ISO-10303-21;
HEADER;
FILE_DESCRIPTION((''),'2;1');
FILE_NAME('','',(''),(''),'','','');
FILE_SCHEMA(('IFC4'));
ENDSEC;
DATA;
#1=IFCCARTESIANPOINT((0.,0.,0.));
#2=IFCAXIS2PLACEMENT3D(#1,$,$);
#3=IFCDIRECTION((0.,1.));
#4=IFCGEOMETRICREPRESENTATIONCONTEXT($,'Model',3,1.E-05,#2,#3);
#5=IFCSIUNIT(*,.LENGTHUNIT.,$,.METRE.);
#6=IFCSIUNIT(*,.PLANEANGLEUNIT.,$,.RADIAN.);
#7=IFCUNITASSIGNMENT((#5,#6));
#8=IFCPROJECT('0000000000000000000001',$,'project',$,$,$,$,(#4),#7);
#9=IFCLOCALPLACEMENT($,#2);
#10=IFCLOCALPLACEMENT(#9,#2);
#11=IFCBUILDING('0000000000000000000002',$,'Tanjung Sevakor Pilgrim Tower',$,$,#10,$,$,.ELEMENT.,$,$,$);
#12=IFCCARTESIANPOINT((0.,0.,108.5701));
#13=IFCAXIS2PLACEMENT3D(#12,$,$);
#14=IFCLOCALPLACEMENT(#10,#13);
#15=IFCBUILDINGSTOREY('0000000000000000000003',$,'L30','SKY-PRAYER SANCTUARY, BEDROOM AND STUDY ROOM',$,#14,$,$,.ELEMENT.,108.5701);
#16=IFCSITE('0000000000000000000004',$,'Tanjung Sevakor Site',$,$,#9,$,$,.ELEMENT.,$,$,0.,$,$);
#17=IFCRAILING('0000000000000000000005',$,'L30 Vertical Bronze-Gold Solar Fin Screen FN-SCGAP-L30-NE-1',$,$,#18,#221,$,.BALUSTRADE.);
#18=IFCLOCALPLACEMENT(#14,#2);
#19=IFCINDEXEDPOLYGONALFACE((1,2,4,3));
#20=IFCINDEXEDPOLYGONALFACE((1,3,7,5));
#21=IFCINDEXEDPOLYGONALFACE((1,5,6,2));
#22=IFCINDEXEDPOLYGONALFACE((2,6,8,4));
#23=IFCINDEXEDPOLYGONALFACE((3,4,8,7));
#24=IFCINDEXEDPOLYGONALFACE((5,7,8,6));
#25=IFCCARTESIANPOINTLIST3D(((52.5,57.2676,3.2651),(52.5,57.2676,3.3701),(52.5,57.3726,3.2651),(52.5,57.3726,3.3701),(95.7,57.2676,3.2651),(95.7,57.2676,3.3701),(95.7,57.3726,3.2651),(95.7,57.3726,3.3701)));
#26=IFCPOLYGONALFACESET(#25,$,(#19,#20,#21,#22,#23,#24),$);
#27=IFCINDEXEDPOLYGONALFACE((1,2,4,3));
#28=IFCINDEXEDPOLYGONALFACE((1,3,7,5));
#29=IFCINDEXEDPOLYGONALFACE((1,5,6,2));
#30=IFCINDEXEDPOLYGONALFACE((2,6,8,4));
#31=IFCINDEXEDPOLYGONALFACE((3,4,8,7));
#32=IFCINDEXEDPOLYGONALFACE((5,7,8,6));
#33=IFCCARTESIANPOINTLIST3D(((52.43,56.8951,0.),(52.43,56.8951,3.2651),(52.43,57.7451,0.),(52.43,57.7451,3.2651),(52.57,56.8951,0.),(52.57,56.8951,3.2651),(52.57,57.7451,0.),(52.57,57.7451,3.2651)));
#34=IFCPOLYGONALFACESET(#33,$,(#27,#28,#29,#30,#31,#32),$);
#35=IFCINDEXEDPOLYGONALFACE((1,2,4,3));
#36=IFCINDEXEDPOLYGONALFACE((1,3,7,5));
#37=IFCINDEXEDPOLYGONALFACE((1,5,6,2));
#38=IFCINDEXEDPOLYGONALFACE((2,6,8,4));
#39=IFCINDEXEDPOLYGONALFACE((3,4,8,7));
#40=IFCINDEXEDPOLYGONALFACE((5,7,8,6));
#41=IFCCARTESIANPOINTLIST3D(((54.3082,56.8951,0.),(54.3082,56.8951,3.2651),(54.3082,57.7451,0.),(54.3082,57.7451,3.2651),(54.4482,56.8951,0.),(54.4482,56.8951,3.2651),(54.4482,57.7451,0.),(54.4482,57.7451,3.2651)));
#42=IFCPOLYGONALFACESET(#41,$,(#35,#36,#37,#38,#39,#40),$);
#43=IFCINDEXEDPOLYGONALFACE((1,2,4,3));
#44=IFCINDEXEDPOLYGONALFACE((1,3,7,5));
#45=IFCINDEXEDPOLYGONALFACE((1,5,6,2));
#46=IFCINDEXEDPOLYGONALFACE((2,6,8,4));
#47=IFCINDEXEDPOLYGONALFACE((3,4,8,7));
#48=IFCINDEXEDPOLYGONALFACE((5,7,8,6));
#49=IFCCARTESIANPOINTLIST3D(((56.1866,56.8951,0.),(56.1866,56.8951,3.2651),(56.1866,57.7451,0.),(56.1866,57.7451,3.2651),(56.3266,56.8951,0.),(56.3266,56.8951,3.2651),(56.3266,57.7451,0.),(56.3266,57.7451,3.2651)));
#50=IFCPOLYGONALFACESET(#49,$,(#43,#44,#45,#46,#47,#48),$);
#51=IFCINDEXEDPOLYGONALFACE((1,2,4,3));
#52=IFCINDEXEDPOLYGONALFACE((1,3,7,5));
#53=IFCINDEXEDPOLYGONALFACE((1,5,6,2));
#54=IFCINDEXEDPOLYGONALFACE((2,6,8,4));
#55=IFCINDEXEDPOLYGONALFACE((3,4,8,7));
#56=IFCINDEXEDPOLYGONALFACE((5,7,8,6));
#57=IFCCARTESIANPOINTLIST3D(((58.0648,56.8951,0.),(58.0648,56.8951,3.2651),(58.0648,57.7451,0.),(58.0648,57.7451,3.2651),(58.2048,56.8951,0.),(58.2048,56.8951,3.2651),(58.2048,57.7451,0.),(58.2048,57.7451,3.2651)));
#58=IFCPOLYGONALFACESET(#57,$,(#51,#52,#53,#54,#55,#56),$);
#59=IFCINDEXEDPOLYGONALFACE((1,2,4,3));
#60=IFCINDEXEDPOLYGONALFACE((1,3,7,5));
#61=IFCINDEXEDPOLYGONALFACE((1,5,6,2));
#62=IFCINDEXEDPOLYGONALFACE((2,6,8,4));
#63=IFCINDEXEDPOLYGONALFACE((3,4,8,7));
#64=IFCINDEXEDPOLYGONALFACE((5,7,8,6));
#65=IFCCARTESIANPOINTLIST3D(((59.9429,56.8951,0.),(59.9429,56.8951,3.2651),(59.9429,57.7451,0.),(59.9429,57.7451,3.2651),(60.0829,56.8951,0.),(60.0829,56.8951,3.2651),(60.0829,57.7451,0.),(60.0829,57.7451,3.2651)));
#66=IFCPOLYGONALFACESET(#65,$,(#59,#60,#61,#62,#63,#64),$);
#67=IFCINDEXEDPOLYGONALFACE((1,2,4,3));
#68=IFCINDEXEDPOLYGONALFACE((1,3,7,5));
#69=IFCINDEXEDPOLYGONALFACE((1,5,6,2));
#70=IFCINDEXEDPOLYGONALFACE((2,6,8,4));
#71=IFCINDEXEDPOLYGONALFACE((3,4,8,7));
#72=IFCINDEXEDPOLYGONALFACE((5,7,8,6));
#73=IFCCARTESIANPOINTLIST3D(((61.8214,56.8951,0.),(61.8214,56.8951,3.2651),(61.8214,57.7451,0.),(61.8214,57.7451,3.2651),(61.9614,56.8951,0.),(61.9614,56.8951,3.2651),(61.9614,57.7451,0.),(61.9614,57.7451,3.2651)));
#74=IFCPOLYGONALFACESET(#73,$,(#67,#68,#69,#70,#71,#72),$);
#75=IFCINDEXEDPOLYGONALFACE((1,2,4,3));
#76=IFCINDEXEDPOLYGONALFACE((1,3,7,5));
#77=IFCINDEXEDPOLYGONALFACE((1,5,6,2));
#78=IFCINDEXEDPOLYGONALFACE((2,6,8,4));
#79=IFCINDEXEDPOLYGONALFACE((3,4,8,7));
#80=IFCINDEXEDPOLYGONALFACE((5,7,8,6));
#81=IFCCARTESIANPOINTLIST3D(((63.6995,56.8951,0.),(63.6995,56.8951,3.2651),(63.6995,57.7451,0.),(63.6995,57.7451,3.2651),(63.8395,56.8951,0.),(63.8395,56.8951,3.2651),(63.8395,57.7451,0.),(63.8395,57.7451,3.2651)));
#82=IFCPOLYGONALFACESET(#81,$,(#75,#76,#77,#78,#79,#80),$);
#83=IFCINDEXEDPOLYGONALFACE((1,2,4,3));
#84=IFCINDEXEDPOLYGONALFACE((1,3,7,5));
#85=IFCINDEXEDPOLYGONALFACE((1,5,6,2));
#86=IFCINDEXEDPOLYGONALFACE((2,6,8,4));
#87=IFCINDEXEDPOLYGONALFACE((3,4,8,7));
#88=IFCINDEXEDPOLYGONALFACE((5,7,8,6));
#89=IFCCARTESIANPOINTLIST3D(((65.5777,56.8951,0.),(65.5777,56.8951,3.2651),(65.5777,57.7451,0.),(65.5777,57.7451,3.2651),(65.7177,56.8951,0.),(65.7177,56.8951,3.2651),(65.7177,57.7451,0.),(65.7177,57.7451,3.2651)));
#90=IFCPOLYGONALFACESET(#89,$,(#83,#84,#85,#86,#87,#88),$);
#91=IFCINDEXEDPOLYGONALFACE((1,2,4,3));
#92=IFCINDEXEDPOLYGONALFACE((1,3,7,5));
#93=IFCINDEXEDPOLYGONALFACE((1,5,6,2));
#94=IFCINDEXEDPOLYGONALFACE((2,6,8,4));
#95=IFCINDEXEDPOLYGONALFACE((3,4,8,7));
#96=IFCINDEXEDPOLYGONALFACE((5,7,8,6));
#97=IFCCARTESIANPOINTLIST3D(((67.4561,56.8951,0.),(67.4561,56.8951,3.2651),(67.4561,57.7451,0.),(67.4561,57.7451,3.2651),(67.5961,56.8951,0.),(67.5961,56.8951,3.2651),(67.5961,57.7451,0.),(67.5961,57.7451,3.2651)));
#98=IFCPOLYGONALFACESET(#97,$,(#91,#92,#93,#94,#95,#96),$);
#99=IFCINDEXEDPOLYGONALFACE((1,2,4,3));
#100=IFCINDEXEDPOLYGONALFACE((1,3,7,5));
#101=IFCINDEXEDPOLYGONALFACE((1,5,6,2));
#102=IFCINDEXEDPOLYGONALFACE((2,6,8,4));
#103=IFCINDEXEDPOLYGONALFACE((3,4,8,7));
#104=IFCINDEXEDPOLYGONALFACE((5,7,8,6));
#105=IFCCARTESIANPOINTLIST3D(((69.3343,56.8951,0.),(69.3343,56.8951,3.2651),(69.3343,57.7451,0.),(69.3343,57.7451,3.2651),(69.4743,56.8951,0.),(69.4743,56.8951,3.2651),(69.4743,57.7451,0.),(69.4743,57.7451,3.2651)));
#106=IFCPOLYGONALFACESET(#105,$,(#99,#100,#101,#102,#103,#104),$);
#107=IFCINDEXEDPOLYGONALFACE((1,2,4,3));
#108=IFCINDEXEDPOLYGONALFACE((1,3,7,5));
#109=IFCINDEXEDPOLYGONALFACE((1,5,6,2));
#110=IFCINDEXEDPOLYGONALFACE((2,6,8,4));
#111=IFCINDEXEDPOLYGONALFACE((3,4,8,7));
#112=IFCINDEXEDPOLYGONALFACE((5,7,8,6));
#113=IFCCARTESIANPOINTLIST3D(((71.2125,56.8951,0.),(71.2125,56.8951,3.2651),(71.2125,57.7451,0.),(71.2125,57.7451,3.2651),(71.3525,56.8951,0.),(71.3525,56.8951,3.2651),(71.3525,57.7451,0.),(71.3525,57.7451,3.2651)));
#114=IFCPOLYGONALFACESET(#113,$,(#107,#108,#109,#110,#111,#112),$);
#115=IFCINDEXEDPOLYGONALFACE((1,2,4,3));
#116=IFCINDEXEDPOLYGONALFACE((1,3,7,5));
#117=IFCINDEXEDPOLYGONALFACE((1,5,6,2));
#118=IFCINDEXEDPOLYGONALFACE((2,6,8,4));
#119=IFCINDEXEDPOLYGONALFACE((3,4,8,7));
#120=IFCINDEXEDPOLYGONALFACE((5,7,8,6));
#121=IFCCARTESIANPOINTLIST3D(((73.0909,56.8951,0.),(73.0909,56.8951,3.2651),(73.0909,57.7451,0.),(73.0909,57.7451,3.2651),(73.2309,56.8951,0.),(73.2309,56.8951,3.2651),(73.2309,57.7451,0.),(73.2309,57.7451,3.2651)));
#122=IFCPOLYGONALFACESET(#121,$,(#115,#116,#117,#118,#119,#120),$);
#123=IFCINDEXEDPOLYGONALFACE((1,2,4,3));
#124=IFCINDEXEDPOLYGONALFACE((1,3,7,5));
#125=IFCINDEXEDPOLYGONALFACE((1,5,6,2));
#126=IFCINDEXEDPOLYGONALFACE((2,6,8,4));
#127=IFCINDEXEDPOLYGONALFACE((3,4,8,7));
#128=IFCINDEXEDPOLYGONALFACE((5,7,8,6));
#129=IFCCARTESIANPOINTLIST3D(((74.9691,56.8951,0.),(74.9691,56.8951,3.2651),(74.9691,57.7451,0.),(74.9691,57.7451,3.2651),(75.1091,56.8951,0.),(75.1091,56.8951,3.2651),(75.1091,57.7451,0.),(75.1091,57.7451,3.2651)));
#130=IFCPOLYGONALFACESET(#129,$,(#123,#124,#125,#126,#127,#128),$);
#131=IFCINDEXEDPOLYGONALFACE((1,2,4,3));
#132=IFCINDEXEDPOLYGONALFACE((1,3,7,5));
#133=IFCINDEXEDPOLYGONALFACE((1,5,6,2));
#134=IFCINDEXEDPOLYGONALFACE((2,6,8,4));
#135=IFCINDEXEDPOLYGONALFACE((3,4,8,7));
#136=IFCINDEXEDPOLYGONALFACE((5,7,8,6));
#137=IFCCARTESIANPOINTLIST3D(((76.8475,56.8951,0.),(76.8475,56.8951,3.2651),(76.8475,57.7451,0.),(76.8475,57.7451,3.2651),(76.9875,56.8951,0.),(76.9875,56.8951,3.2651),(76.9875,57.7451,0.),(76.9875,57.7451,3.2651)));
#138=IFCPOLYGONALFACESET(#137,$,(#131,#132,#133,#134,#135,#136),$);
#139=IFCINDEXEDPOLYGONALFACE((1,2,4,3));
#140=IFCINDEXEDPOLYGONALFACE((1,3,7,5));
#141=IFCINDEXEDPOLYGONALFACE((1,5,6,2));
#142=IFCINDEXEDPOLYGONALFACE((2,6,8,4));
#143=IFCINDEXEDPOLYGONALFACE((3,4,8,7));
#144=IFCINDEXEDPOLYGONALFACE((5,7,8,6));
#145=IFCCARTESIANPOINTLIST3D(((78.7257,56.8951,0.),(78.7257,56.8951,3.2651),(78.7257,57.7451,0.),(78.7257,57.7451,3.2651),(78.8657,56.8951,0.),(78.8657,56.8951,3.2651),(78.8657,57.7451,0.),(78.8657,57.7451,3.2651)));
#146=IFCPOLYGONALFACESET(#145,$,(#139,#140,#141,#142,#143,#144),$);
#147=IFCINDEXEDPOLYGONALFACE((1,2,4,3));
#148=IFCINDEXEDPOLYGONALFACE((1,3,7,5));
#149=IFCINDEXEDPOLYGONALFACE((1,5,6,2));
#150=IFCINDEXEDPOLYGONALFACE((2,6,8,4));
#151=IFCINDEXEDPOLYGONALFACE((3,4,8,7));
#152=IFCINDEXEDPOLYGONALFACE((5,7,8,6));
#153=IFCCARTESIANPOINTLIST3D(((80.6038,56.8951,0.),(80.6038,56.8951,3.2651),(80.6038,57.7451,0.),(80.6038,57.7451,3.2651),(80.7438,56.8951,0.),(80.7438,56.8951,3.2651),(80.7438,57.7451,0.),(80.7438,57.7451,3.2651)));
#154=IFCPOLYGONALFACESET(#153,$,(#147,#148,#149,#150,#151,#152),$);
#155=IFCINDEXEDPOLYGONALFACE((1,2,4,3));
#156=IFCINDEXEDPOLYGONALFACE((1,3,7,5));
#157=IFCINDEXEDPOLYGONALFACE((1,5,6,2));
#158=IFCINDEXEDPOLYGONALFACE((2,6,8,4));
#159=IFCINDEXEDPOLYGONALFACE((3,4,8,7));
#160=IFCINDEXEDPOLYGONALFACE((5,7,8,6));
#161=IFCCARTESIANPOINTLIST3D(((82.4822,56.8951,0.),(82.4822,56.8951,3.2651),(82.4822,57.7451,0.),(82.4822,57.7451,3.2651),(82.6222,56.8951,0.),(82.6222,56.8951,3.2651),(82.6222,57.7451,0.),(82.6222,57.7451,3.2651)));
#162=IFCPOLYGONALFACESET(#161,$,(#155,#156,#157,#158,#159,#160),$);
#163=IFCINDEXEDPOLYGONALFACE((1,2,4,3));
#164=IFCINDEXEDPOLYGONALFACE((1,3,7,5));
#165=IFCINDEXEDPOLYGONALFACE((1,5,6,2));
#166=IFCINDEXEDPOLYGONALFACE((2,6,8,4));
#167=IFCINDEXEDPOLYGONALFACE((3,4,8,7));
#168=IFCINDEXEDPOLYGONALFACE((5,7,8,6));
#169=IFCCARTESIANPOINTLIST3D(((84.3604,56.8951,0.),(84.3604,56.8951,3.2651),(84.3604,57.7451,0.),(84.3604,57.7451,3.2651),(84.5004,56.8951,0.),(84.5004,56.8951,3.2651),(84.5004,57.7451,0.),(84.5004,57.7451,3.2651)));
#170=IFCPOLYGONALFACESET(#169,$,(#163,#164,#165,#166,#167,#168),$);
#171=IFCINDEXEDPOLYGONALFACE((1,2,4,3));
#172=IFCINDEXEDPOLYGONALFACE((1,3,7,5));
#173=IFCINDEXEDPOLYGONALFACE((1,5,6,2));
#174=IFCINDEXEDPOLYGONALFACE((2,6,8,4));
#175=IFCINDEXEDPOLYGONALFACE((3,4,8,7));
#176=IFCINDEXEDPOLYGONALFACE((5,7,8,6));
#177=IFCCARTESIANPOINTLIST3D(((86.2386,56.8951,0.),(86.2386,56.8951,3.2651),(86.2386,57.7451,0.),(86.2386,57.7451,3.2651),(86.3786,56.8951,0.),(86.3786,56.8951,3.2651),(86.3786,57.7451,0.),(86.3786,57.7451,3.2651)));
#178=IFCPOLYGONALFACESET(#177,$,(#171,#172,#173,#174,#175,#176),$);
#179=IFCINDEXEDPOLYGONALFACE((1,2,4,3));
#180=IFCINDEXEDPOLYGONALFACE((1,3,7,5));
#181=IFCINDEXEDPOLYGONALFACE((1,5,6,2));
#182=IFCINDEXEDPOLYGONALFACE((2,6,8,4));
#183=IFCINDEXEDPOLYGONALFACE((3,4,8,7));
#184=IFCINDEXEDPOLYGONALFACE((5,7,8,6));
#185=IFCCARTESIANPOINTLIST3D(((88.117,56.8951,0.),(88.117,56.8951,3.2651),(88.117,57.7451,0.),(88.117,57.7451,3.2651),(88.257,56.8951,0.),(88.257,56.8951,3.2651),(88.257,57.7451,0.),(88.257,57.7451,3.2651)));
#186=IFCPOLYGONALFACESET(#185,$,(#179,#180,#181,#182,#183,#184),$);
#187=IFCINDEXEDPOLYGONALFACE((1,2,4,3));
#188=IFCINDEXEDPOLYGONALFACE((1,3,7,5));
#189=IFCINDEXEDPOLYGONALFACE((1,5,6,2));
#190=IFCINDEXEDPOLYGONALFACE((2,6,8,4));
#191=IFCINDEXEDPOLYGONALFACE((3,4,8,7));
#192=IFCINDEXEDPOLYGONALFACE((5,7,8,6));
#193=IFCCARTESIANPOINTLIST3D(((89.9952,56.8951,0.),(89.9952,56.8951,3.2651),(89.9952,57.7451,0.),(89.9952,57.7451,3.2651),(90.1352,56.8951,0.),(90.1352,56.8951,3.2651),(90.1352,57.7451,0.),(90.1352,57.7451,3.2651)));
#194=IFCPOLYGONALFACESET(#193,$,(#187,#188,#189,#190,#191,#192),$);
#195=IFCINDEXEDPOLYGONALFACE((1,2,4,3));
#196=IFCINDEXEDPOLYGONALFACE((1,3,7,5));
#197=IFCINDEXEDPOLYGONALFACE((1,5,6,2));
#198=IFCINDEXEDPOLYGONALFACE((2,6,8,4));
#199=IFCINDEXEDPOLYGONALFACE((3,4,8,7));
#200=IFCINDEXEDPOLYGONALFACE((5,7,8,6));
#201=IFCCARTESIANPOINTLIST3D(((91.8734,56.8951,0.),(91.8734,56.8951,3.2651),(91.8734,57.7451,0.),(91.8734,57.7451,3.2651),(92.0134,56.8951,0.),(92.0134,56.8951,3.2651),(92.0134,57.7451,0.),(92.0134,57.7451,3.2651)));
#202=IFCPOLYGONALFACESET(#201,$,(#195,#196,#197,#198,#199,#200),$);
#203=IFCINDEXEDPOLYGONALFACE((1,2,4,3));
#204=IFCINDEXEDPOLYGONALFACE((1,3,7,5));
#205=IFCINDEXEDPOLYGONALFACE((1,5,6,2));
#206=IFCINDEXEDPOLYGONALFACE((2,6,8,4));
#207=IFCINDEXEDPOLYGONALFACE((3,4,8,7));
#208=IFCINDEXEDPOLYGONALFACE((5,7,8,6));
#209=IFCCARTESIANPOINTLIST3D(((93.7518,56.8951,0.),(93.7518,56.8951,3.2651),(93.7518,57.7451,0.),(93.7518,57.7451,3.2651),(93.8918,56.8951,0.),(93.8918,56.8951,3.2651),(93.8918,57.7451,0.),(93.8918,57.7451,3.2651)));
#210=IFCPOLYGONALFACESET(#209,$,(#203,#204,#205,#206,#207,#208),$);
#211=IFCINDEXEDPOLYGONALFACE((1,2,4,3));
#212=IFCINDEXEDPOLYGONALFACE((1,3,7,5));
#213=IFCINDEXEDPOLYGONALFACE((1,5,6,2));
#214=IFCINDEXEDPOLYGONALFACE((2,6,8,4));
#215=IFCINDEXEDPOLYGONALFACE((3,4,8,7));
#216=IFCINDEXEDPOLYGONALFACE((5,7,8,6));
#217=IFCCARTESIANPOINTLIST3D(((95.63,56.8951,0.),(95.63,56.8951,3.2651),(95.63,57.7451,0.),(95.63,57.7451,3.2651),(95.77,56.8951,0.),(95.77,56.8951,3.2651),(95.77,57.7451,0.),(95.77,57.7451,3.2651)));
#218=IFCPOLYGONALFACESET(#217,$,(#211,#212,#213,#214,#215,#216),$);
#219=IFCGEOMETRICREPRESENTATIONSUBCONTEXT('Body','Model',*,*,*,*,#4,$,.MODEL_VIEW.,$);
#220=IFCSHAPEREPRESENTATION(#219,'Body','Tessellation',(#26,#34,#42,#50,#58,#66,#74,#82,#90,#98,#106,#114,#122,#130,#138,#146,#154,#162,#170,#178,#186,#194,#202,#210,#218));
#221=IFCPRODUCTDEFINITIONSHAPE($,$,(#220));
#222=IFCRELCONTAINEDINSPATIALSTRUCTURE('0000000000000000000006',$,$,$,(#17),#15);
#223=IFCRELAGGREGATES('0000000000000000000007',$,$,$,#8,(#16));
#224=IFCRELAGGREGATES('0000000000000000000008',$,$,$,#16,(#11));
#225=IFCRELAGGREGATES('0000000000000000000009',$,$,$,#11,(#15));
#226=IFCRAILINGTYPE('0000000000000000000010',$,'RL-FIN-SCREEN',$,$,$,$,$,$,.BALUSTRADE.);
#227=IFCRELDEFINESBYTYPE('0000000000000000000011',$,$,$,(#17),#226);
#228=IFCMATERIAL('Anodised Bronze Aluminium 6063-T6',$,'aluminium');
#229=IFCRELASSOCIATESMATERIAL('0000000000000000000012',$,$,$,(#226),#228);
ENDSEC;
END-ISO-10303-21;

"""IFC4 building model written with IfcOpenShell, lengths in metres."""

from ifc_helpers import new_model, si_unit, direction, frame, origin, place, context, subcontext, project, spatial, rectangle, extrude, material, type_object, element, save


model = new_model("IFC4")

# Units and contexts
model_context = context("Model", 3, precision=1e-05, world=origin(), true_north=direction((0.0, 1.0)))
body_context = subcontext(model_context, "Body", "Model", "MODEL_VIEW")
ifc_project = project(units=[si_unit("LENGTHUNIT", "METRE"), si_unit("PLANEANGLEUNIT", "RADIAN")], contexts=[model_context])

# Site, building, storey
site_placement = place(None, origin())
site = spatial("IfcSite", under=ifc_project, at=site_placement, Name="Tanjung Sevakor Site", CompositionType="ELEMENT", RefElevation=0.0)
building_placement = place(site_placement, origin())
building = spatial("IfcBuilding", under=site, at=building_placement, Name="Tanjung Sevakor Pilgrim Tower", CompositionType="ELEMENT")
storey_placement = place(building_placement, frame((0.0, 0.0, 108.5701)))
storey = spatial("IfcBuildingStorey", under=building, at=storey_placement, Name="L30", Description="SKY-PRAYER SANCTUARY, BEDROOM AND STUDY ROOM", CompositionType="ELEMENT", Elevation=108.5701)

# Railing
ifc_material_1 = material(Name="Anodised Bronze Aluminium 6063-T6", Category="aluminium")
railing_type_1 = type_object("IfcRailingType", Name="RL-FIN-SCREEN", PredefinedType="BALUSTRADE", material=ifc_material_1)
railing_1_placement = place(storey_placement, frame((52.5, 57.3201, 0.0)))
element("IfcRailing", 1, at=railing_1_placement, inside=storey, type_object=railing_type_1, Name="L30 Vertical Bronze-Gold Solar Fin Screen FN-SCGAP-L30-NE-1", PredefinedType="BALUSTRADE", context=body_context, shape_type="SweptSolid", body=[
    extrude(rectangle(XDim=0.105, YDim=0.105), frame((0.0, 0.0, 3.3176), z_axis=(1.0, 0.0, 0.0), x_axis=(0.0, 1.0, 0.0)), (0.0, 0.0, 1.0), 43.2),
    extrude(rectangle(XDim=0.14, YDim=0.85), origin(), (0.0, 0.0, 1.0), 3.2651),
    extrude(rectangle(XDim=0.14, YDim=0.85), frame((1.8782, 0.0, 0.0)), (0.0, 0.0, 1.0), 3.2651),
    extrude(rectangle(XDim=0.14, YDim=0.85), frame((3.7566, 0.0, 0.0)), (0.0, 0.0, 1.0), 3.2651),
    extrude(rectangle(XDim=0.14, YDim=0.85), frame((5.6348, 0.0, 0.0)), (0.0, 0.0, 1.0), 3.2651),
    extrude(rectangle(XDim=0.14, YDim=0.85), frame((7.5129, 0.0, 0.0)), (0.0, 0.0, 1.0), 3.2651),
    extrude(rectangle(XDim=0.14, YDim=0.85), frame((9.3914, 0.0, 0.0)), (0.0, 0.0, 1.0), 3.2651),
    extrude(rectangle(XDim=0.14, YDim=0.85), frame((11.2695, 0.0, 0.0)), (0.0, 0.0, 1.0), 3.2651),
    extrude(rectangle(XDim=0.14, YDim=0.85), frame((13.1477, 0.0, 0.0)), (0.0, 0.0, 1.0), 3.2651),
    extrude(rectangle(XDim=0.14, YDim=0.85), frame((15.0261, 0.0, 0.0)), (0.0, 0.0, 1.0), 3.2651),
    extrude(rectangle(XDim=0.14, YDim=0.85), frame((16.9043, 0.0, 0.0)), (0.0, 0.0, 1.0), 3.2651),
    extrude(rectangle(XDim=0.14, YDim=0.85), frame((18.7825, 0.0, 0.0)), (0.0, 0.0, 1.0), 3.2651),
    extrude(rectangle(XDim=0.14, YDim=0.85), frame((20.6609, 0.0, 0.0)), (0.0, 0.0, 1.0), 3.2651),
    extrude(rectangle(XDim=0.14, YDim=0.85), frame((22.5391, 0.0, 0.0)), (0.0, 0.0, 1.0), 3.2651),
    extrude(rectangle(XDim=0.14, YDim=0.85), frame((24.4175, 0.0, 0.0)), (0.0, 0.0, 1.0), 3.2651),
    extrude(rectangle(XDim=0.14, YDim=0.85), frame((26.2957, 0.0, 0.0)), (0.0, 0.0, 1.0), 3.2651),
    extrude(rectangle(XDim=0.14, YDim=0.85), frame((28.1738, 0.0, 0.0)), (0.0, 0.0, 1.0), 3.2651),
    extrude(rectangle(XDim=0.14, YDim=0.85), frame((30.0522, 0.0, 0.0)), (0.0, 0.0, 1.0), 3.2651),
    extrude(rectangle(XDim=0.14, YDim=0.85), frame((31.9304, 0.0, 0.0)), (0.0, 0.0, 1.0), 3.2651),
    extrude(rectangle(XDim=0.14, YDim=0.85), frame((33.8086, 0.0, 0.0)), (0.0, 0.0, 1.0), 3.2651),
    extrude(rectangle(XDim=0.14, YDim=0.85), frame((35.687, 0.0, 0.0)), (0.0, 0.0, 1.0), 3.2651),
    extrude(rectangle(XDim=0.14, YDim=0.85), frame((37.5652, 0.0, 0.0)), (0.0, 0.0, 1.0), 3.2651),
    extrude(rectangle(XDim=0.14, YDim=0.85), frame((39.4434, 0.0, 0.0)), (0.0, 0.0, 1.0), 3.2651),
    extrude(rectangle(XDim=0.14, YDim=0.85), frame((41.3218, 0.0, 0.0)), (0.0, 0.0, 1.0), 3.2651),
    extrude(rectangle(XDim=0.14, YDim=0.85), frame((43.2, 0.0, 0.0)), (0.0, 0.0, 1.0), 3.2651),
])

save(model, "model.ifc")
